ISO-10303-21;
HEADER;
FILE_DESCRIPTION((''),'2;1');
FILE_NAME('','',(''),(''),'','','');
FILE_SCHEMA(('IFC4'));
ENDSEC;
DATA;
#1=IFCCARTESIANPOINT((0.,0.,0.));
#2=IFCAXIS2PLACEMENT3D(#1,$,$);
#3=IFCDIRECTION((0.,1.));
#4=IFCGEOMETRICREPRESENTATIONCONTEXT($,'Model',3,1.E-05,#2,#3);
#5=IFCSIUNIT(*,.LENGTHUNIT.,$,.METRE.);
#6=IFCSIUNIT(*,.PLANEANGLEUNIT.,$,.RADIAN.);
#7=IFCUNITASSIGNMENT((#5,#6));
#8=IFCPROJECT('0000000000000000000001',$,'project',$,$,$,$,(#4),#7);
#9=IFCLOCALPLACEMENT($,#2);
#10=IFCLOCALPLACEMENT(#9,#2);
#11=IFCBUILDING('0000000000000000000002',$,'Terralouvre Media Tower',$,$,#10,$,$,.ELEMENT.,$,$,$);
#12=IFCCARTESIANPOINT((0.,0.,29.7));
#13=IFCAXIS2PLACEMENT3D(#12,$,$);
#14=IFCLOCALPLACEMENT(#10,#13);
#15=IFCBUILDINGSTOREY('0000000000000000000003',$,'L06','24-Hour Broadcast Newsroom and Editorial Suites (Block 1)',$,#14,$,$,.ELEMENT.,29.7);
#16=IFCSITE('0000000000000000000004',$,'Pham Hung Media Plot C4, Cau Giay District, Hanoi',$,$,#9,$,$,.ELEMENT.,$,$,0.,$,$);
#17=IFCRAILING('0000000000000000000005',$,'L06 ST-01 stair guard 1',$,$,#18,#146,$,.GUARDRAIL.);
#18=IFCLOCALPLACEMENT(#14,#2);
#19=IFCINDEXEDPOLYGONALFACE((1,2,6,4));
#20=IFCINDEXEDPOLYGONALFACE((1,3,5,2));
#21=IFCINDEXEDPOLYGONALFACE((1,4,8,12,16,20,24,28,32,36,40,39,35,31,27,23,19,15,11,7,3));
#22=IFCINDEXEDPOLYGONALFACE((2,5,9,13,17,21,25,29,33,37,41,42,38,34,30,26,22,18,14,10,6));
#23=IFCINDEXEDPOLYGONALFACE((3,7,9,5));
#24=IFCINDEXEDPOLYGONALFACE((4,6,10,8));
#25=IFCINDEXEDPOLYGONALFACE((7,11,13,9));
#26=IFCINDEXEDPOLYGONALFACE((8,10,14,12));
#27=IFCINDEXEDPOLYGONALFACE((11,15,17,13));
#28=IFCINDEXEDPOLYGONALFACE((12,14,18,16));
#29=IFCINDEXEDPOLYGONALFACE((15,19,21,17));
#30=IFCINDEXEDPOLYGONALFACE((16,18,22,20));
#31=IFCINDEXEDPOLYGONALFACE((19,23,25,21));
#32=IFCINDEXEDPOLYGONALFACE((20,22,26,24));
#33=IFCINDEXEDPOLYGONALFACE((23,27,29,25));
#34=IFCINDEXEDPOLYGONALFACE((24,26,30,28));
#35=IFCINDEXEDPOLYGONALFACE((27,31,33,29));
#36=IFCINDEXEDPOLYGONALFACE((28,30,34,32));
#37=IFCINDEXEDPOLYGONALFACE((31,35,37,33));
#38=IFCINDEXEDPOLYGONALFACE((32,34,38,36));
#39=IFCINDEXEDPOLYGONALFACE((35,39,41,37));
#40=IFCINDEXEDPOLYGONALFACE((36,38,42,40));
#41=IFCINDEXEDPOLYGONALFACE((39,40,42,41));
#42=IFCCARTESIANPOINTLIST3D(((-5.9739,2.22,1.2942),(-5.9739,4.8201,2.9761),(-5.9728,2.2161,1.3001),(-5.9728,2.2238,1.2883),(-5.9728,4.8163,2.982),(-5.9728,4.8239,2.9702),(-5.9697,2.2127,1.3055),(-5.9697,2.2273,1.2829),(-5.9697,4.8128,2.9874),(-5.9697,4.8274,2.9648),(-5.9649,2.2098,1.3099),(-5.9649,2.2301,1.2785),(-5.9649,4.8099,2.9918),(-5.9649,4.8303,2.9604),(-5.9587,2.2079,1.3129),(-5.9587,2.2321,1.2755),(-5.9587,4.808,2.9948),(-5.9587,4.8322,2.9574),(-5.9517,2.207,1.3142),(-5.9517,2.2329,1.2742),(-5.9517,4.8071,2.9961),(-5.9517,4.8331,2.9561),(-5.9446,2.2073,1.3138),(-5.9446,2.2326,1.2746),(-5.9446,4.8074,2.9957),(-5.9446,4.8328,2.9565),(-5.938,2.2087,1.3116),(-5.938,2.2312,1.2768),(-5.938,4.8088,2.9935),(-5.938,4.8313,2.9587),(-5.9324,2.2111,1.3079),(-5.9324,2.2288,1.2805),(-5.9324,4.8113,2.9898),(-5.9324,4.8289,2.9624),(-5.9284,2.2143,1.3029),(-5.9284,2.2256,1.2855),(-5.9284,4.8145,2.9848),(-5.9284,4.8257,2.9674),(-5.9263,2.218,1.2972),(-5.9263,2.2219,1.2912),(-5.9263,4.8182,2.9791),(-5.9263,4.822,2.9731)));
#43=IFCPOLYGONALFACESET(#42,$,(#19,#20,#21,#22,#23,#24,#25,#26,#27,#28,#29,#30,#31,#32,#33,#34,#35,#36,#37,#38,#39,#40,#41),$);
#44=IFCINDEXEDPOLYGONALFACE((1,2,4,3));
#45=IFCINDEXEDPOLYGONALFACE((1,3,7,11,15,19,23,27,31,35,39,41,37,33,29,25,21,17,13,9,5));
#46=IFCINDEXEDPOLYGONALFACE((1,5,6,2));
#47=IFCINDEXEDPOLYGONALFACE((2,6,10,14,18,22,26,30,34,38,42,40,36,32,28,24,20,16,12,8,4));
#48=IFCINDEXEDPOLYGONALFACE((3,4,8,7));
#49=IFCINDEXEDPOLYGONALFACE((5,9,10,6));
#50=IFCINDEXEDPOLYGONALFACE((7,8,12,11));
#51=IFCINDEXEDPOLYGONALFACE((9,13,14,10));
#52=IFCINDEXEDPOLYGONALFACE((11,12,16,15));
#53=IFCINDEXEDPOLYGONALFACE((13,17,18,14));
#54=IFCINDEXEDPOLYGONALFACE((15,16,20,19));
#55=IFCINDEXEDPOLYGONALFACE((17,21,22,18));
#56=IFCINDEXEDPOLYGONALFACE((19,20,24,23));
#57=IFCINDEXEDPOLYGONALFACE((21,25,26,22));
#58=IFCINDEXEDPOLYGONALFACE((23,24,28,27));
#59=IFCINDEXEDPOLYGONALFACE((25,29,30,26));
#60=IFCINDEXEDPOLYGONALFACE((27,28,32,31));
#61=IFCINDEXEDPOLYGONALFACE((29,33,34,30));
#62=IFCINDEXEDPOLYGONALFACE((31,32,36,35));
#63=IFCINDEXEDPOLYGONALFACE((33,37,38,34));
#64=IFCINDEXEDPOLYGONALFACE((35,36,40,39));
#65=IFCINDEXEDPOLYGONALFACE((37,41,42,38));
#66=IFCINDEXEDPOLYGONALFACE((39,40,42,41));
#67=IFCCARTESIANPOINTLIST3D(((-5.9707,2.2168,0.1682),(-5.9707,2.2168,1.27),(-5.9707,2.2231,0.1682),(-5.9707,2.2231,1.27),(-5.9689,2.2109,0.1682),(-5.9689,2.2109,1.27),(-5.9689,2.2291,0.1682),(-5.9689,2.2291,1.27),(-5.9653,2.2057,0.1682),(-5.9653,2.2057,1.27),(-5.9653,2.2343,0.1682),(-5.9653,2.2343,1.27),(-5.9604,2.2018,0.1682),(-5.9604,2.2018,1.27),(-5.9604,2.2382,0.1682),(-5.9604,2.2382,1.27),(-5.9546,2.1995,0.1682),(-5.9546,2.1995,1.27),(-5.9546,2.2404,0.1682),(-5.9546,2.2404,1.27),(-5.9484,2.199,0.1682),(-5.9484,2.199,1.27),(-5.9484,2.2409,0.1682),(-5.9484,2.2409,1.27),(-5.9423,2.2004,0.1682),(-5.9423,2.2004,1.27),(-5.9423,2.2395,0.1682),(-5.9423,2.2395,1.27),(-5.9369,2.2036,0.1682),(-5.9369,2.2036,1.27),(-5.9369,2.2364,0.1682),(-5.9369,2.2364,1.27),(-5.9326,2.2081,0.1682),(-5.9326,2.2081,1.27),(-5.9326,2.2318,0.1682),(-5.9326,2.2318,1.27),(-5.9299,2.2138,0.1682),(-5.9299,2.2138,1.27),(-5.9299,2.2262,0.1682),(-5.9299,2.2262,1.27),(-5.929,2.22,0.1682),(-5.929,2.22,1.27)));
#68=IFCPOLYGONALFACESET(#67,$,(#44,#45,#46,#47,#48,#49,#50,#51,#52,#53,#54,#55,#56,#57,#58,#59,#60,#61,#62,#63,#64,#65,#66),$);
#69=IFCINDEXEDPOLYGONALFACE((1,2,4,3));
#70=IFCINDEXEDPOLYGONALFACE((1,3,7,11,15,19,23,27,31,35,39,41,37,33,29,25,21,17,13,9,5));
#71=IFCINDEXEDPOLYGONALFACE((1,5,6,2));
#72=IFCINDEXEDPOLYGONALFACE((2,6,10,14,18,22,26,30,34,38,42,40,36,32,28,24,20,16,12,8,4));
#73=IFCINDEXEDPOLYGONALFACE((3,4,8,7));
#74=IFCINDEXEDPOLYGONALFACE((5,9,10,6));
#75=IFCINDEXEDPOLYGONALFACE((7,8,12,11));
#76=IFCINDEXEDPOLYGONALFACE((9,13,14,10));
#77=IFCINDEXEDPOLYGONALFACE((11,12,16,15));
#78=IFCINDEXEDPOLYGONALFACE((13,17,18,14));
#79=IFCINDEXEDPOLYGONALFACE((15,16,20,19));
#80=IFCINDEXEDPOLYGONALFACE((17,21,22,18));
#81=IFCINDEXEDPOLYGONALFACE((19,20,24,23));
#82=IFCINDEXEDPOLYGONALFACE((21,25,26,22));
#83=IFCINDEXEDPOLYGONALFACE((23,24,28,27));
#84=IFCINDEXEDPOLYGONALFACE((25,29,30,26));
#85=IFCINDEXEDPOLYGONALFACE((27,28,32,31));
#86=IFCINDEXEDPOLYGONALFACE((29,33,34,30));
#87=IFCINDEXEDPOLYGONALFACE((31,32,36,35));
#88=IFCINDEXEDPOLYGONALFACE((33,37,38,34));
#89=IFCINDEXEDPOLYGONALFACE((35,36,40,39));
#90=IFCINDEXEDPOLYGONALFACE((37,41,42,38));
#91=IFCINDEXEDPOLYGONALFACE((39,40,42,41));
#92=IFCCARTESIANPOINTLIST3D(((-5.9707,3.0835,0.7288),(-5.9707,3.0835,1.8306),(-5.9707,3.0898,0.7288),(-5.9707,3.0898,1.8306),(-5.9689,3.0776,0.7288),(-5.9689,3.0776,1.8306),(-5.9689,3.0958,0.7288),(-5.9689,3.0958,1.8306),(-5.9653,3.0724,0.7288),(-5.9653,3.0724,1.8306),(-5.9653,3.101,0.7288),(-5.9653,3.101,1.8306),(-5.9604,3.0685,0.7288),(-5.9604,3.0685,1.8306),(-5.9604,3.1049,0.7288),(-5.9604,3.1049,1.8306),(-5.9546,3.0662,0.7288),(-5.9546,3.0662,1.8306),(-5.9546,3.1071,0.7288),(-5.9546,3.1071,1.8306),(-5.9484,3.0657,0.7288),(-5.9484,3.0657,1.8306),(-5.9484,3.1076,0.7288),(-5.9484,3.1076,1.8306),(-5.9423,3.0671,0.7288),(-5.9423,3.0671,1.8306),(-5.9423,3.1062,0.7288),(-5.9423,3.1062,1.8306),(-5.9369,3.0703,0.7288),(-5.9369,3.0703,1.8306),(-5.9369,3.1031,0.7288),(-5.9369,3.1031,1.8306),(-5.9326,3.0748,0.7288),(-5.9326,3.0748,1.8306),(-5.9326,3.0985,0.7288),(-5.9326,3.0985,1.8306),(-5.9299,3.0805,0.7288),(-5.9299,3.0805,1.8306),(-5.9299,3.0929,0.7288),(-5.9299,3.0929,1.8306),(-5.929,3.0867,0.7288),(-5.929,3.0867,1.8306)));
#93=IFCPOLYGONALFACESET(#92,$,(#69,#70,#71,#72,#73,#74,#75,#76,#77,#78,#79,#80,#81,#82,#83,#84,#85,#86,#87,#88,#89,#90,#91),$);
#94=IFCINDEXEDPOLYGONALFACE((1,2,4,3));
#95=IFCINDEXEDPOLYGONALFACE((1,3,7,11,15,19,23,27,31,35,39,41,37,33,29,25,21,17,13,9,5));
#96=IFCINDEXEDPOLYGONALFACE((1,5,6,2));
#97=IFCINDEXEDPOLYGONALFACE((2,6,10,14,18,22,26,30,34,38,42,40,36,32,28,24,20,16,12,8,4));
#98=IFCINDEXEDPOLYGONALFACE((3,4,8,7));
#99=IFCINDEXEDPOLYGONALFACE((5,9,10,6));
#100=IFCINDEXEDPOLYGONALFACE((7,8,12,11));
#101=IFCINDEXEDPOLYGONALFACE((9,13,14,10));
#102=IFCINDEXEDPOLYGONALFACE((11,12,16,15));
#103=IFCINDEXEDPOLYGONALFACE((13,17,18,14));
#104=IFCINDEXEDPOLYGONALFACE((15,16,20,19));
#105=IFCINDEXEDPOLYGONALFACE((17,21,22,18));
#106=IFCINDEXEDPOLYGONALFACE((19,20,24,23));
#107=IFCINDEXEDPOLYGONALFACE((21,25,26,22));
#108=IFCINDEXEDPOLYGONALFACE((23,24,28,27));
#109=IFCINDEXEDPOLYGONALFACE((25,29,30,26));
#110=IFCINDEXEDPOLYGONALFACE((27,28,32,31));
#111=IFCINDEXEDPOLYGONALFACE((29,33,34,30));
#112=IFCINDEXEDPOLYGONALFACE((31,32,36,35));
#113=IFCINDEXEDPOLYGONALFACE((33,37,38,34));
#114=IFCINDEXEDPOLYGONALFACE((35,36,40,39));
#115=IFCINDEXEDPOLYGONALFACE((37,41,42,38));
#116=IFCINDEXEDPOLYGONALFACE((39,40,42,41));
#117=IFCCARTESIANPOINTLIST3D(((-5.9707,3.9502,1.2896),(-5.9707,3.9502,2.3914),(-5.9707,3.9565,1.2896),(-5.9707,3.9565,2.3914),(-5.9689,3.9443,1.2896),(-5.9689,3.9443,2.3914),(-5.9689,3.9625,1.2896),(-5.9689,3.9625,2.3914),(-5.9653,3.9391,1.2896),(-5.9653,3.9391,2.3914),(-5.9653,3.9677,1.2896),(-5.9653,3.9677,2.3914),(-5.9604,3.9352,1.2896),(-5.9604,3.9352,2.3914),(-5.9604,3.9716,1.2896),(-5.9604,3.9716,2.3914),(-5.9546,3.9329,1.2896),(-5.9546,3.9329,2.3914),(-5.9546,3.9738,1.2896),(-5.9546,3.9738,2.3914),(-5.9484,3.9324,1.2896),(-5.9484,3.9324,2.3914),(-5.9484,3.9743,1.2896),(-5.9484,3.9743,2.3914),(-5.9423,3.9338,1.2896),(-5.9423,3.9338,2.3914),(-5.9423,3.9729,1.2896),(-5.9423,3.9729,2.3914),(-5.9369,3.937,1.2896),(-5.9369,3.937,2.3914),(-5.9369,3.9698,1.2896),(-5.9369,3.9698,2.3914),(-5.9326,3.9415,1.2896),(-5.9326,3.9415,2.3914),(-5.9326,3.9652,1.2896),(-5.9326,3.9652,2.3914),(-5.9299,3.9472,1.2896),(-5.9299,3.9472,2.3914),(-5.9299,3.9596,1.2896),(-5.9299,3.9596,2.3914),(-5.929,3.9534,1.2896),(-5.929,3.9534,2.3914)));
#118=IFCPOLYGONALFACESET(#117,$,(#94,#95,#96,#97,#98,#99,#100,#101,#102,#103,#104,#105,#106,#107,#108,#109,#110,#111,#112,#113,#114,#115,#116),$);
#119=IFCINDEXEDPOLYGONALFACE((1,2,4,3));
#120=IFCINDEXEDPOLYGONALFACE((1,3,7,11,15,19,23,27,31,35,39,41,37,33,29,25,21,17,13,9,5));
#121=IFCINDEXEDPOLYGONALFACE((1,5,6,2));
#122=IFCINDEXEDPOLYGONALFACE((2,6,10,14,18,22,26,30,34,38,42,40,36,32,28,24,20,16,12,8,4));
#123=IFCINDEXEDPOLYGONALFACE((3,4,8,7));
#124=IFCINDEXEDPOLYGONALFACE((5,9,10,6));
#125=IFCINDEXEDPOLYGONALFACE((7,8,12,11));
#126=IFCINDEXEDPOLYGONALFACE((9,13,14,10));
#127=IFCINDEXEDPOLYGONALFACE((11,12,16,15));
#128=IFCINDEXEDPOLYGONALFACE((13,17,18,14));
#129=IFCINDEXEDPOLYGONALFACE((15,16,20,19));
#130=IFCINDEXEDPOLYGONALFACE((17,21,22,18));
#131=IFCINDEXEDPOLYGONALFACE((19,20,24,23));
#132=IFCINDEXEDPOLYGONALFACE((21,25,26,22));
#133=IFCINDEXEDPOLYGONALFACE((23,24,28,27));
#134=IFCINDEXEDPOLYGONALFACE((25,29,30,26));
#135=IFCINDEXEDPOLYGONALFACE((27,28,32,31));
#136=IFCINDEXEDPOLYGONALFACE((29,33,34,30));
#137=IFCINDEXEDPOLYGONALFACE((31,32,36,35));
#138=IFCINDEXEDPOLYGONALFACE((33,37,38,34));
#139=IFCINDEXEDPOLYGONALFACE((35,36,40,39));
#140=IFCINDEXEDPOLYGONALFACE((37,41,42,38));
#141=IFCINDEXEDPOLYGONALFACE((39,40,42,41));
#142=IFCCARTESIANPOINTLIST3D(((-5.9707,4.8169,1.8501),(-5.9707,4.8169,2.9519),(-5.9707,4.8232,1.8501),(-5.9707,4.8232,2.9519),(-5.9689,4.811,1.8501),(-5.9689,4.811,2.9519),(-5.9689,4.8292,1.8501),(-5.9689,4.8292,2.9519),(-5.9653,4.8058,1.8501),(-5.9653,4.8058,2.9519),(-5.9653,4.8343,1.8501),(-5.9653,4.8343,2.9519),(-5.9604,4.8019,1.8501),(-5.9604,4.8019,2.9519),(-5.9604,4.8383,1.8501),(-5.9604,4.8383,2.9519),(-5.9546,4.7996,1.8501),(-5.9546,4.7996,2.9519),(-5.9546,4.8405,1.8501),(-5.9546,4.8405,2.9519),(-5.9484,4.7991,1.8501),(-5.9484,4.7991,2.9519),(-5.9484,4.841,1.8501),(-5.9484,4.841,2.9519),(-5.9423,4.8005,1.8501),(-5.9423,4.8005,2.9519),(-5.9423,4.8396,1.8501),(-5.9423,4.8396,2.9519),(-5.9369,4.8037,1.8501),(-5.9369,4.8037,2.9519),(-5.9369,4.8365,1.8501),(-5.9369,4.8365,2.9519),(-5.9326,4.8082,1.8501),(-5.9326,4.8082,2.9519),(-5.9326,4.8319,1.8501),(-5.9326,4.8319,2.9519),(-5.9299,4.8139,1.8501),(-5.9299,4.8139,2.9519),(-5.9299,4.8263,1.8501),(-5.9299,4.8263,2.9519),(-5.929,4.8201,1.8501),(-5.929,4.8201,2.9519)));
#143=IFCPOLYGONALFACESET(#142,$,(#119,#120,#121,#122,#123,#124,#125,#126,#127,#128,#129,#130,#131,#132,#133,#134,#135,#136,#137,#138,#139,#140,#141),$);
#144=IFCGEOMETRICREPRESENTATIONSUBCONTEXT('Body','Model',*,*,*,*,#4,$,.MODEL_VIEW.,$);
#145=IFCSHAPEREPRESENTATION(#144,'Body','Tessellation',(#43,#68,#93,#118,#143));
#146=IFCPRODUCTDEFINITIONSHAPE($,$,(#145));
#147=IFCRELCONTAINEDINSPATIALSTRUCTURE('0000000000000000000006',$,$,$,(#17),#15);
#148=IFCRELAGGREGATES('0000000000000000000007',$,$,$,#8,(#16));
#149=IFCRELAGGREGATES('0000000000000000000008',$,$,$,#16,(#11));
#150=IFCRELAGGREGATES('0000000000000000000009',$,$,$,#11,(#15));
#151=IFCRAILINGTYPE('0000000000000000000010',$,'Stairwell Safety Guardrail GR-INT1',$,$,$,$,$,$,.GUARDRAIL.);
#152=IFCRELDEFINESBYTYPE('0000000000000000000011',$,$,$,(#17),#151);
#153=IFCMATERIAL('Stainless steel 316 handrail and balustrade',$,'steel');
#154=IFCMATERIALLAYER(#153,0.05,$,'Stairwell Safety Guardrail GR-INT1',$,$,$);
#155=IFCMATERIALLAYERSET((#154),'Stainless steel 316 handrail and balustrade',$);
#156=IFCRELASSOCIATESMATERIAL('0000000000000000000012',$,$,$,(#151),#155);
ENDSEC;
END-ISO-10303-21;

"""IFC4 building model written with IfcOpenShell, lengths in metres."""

from ifc_helpers import new_model, si_unit, direction, frame, origin, origin_2d, place, context, subcontext, project, spatial, circle, extrude, material, layer, layer_set, type_object, element, save


model = new_model("IFC4")

# Units and contexts
model_context = context("Model", 3, precision=1e-05, world=origin(), true_north=direction((0.0, 1.0)))
body_context = subcontext(model_context, "Body", "Model", "MODEL_VIEW")
ifc_project = project(units=[si_unit("LENGTHUNIT", "METRE"), si_unit("PLANEANGLEUNIT", "RADIAN")], contexts=[model_context])

# Site, building, storey
site_placement = place(None, origin())
site = spatial("IfcSite", under=ifc_project, at=site_placement, Name="Pham Hung Media Plot C4, Cau Giay District, Hanoi", CompositionType="ELEMENT", RefElevation=0.0)
building_placement = place(site_placement, origin())
building = spatial("IfcBuilding", under=site, at=building_placement, Name="Terralouvre Media Tower", CompositionType="ELEMENT")
storey_placement = place(building_placement, frame((0.0, 0.0, 29.7)))
storey = spatial("IfcBuildingStorey", under=building, at=storey_placement, Name="L06", Description="24-Hour Broadcast Newsroom and Editorial Suites (Block 1)", CompositionType="ELEMENT", Elevation=29.7)

# Railing
ifc_material_1 = material(Name="Stainless steel 316 handrail and balustrade", Category="steel")
ifc_layer_1 = layer(ifc_material_1, 0.05, Name="Stairwell Safety Guardrail GR-INT1")
ifc_layer_set_1 = layer_set([ifc_layer_1], Name="Stainless steel 316 handrail and balustrade")
railing_type_1 = type_object("IfcRailingType", Name="Stairwell Safety Guardrail GR-INT1", PredefinedType="GUARDRAIL", material=ifc_layer_set_1)
railing_1_placement = place(storey_placement, frame((-5.95, 2.22, 0.1682)))
element("IfcRailing", 1, at=railing_1_placement, inside=storey, type_object=railing_type_1, Name="L06 ST-01 stair guard 1", PredefinedType="GUARDRAIL", context=body_context, shape_type="SweptSolid", body=[
    extrude(circle(Radius=0.0239, at=origin_2d()), frame((0.0, 0.0, 1.126), z_axis=(0.0, 0.839648, 0.54313), x_axis=(-1.0, 0.0, 0.0)), (0.0, 0.0, 1.0), 3.0967),
    extrude(circle(Radius=0.021, at=origin_2d()), origin(), (0.0, 0.0, 1.0), 1.1018),
    extrude(circle(Radius=0.021, at=origin_2d()), frame((0.0, 0.8667, 0.5605)), (0.0, 0.0, 1.0), 1.1018),
    extrude(circle(Radius=0.021, at=origin_2d()), frame((0.0, 1.7334, 1.1213)), (0.0, 0.0, 1.0), 1.1018),
    extrude(circle(Radius=0.021, at=origin_2d()), frame((0.0, 2.6001, 1.6819)), (0.0, 0.0, 1.0), 1.1018),
])

save(model, "model.ifc")
